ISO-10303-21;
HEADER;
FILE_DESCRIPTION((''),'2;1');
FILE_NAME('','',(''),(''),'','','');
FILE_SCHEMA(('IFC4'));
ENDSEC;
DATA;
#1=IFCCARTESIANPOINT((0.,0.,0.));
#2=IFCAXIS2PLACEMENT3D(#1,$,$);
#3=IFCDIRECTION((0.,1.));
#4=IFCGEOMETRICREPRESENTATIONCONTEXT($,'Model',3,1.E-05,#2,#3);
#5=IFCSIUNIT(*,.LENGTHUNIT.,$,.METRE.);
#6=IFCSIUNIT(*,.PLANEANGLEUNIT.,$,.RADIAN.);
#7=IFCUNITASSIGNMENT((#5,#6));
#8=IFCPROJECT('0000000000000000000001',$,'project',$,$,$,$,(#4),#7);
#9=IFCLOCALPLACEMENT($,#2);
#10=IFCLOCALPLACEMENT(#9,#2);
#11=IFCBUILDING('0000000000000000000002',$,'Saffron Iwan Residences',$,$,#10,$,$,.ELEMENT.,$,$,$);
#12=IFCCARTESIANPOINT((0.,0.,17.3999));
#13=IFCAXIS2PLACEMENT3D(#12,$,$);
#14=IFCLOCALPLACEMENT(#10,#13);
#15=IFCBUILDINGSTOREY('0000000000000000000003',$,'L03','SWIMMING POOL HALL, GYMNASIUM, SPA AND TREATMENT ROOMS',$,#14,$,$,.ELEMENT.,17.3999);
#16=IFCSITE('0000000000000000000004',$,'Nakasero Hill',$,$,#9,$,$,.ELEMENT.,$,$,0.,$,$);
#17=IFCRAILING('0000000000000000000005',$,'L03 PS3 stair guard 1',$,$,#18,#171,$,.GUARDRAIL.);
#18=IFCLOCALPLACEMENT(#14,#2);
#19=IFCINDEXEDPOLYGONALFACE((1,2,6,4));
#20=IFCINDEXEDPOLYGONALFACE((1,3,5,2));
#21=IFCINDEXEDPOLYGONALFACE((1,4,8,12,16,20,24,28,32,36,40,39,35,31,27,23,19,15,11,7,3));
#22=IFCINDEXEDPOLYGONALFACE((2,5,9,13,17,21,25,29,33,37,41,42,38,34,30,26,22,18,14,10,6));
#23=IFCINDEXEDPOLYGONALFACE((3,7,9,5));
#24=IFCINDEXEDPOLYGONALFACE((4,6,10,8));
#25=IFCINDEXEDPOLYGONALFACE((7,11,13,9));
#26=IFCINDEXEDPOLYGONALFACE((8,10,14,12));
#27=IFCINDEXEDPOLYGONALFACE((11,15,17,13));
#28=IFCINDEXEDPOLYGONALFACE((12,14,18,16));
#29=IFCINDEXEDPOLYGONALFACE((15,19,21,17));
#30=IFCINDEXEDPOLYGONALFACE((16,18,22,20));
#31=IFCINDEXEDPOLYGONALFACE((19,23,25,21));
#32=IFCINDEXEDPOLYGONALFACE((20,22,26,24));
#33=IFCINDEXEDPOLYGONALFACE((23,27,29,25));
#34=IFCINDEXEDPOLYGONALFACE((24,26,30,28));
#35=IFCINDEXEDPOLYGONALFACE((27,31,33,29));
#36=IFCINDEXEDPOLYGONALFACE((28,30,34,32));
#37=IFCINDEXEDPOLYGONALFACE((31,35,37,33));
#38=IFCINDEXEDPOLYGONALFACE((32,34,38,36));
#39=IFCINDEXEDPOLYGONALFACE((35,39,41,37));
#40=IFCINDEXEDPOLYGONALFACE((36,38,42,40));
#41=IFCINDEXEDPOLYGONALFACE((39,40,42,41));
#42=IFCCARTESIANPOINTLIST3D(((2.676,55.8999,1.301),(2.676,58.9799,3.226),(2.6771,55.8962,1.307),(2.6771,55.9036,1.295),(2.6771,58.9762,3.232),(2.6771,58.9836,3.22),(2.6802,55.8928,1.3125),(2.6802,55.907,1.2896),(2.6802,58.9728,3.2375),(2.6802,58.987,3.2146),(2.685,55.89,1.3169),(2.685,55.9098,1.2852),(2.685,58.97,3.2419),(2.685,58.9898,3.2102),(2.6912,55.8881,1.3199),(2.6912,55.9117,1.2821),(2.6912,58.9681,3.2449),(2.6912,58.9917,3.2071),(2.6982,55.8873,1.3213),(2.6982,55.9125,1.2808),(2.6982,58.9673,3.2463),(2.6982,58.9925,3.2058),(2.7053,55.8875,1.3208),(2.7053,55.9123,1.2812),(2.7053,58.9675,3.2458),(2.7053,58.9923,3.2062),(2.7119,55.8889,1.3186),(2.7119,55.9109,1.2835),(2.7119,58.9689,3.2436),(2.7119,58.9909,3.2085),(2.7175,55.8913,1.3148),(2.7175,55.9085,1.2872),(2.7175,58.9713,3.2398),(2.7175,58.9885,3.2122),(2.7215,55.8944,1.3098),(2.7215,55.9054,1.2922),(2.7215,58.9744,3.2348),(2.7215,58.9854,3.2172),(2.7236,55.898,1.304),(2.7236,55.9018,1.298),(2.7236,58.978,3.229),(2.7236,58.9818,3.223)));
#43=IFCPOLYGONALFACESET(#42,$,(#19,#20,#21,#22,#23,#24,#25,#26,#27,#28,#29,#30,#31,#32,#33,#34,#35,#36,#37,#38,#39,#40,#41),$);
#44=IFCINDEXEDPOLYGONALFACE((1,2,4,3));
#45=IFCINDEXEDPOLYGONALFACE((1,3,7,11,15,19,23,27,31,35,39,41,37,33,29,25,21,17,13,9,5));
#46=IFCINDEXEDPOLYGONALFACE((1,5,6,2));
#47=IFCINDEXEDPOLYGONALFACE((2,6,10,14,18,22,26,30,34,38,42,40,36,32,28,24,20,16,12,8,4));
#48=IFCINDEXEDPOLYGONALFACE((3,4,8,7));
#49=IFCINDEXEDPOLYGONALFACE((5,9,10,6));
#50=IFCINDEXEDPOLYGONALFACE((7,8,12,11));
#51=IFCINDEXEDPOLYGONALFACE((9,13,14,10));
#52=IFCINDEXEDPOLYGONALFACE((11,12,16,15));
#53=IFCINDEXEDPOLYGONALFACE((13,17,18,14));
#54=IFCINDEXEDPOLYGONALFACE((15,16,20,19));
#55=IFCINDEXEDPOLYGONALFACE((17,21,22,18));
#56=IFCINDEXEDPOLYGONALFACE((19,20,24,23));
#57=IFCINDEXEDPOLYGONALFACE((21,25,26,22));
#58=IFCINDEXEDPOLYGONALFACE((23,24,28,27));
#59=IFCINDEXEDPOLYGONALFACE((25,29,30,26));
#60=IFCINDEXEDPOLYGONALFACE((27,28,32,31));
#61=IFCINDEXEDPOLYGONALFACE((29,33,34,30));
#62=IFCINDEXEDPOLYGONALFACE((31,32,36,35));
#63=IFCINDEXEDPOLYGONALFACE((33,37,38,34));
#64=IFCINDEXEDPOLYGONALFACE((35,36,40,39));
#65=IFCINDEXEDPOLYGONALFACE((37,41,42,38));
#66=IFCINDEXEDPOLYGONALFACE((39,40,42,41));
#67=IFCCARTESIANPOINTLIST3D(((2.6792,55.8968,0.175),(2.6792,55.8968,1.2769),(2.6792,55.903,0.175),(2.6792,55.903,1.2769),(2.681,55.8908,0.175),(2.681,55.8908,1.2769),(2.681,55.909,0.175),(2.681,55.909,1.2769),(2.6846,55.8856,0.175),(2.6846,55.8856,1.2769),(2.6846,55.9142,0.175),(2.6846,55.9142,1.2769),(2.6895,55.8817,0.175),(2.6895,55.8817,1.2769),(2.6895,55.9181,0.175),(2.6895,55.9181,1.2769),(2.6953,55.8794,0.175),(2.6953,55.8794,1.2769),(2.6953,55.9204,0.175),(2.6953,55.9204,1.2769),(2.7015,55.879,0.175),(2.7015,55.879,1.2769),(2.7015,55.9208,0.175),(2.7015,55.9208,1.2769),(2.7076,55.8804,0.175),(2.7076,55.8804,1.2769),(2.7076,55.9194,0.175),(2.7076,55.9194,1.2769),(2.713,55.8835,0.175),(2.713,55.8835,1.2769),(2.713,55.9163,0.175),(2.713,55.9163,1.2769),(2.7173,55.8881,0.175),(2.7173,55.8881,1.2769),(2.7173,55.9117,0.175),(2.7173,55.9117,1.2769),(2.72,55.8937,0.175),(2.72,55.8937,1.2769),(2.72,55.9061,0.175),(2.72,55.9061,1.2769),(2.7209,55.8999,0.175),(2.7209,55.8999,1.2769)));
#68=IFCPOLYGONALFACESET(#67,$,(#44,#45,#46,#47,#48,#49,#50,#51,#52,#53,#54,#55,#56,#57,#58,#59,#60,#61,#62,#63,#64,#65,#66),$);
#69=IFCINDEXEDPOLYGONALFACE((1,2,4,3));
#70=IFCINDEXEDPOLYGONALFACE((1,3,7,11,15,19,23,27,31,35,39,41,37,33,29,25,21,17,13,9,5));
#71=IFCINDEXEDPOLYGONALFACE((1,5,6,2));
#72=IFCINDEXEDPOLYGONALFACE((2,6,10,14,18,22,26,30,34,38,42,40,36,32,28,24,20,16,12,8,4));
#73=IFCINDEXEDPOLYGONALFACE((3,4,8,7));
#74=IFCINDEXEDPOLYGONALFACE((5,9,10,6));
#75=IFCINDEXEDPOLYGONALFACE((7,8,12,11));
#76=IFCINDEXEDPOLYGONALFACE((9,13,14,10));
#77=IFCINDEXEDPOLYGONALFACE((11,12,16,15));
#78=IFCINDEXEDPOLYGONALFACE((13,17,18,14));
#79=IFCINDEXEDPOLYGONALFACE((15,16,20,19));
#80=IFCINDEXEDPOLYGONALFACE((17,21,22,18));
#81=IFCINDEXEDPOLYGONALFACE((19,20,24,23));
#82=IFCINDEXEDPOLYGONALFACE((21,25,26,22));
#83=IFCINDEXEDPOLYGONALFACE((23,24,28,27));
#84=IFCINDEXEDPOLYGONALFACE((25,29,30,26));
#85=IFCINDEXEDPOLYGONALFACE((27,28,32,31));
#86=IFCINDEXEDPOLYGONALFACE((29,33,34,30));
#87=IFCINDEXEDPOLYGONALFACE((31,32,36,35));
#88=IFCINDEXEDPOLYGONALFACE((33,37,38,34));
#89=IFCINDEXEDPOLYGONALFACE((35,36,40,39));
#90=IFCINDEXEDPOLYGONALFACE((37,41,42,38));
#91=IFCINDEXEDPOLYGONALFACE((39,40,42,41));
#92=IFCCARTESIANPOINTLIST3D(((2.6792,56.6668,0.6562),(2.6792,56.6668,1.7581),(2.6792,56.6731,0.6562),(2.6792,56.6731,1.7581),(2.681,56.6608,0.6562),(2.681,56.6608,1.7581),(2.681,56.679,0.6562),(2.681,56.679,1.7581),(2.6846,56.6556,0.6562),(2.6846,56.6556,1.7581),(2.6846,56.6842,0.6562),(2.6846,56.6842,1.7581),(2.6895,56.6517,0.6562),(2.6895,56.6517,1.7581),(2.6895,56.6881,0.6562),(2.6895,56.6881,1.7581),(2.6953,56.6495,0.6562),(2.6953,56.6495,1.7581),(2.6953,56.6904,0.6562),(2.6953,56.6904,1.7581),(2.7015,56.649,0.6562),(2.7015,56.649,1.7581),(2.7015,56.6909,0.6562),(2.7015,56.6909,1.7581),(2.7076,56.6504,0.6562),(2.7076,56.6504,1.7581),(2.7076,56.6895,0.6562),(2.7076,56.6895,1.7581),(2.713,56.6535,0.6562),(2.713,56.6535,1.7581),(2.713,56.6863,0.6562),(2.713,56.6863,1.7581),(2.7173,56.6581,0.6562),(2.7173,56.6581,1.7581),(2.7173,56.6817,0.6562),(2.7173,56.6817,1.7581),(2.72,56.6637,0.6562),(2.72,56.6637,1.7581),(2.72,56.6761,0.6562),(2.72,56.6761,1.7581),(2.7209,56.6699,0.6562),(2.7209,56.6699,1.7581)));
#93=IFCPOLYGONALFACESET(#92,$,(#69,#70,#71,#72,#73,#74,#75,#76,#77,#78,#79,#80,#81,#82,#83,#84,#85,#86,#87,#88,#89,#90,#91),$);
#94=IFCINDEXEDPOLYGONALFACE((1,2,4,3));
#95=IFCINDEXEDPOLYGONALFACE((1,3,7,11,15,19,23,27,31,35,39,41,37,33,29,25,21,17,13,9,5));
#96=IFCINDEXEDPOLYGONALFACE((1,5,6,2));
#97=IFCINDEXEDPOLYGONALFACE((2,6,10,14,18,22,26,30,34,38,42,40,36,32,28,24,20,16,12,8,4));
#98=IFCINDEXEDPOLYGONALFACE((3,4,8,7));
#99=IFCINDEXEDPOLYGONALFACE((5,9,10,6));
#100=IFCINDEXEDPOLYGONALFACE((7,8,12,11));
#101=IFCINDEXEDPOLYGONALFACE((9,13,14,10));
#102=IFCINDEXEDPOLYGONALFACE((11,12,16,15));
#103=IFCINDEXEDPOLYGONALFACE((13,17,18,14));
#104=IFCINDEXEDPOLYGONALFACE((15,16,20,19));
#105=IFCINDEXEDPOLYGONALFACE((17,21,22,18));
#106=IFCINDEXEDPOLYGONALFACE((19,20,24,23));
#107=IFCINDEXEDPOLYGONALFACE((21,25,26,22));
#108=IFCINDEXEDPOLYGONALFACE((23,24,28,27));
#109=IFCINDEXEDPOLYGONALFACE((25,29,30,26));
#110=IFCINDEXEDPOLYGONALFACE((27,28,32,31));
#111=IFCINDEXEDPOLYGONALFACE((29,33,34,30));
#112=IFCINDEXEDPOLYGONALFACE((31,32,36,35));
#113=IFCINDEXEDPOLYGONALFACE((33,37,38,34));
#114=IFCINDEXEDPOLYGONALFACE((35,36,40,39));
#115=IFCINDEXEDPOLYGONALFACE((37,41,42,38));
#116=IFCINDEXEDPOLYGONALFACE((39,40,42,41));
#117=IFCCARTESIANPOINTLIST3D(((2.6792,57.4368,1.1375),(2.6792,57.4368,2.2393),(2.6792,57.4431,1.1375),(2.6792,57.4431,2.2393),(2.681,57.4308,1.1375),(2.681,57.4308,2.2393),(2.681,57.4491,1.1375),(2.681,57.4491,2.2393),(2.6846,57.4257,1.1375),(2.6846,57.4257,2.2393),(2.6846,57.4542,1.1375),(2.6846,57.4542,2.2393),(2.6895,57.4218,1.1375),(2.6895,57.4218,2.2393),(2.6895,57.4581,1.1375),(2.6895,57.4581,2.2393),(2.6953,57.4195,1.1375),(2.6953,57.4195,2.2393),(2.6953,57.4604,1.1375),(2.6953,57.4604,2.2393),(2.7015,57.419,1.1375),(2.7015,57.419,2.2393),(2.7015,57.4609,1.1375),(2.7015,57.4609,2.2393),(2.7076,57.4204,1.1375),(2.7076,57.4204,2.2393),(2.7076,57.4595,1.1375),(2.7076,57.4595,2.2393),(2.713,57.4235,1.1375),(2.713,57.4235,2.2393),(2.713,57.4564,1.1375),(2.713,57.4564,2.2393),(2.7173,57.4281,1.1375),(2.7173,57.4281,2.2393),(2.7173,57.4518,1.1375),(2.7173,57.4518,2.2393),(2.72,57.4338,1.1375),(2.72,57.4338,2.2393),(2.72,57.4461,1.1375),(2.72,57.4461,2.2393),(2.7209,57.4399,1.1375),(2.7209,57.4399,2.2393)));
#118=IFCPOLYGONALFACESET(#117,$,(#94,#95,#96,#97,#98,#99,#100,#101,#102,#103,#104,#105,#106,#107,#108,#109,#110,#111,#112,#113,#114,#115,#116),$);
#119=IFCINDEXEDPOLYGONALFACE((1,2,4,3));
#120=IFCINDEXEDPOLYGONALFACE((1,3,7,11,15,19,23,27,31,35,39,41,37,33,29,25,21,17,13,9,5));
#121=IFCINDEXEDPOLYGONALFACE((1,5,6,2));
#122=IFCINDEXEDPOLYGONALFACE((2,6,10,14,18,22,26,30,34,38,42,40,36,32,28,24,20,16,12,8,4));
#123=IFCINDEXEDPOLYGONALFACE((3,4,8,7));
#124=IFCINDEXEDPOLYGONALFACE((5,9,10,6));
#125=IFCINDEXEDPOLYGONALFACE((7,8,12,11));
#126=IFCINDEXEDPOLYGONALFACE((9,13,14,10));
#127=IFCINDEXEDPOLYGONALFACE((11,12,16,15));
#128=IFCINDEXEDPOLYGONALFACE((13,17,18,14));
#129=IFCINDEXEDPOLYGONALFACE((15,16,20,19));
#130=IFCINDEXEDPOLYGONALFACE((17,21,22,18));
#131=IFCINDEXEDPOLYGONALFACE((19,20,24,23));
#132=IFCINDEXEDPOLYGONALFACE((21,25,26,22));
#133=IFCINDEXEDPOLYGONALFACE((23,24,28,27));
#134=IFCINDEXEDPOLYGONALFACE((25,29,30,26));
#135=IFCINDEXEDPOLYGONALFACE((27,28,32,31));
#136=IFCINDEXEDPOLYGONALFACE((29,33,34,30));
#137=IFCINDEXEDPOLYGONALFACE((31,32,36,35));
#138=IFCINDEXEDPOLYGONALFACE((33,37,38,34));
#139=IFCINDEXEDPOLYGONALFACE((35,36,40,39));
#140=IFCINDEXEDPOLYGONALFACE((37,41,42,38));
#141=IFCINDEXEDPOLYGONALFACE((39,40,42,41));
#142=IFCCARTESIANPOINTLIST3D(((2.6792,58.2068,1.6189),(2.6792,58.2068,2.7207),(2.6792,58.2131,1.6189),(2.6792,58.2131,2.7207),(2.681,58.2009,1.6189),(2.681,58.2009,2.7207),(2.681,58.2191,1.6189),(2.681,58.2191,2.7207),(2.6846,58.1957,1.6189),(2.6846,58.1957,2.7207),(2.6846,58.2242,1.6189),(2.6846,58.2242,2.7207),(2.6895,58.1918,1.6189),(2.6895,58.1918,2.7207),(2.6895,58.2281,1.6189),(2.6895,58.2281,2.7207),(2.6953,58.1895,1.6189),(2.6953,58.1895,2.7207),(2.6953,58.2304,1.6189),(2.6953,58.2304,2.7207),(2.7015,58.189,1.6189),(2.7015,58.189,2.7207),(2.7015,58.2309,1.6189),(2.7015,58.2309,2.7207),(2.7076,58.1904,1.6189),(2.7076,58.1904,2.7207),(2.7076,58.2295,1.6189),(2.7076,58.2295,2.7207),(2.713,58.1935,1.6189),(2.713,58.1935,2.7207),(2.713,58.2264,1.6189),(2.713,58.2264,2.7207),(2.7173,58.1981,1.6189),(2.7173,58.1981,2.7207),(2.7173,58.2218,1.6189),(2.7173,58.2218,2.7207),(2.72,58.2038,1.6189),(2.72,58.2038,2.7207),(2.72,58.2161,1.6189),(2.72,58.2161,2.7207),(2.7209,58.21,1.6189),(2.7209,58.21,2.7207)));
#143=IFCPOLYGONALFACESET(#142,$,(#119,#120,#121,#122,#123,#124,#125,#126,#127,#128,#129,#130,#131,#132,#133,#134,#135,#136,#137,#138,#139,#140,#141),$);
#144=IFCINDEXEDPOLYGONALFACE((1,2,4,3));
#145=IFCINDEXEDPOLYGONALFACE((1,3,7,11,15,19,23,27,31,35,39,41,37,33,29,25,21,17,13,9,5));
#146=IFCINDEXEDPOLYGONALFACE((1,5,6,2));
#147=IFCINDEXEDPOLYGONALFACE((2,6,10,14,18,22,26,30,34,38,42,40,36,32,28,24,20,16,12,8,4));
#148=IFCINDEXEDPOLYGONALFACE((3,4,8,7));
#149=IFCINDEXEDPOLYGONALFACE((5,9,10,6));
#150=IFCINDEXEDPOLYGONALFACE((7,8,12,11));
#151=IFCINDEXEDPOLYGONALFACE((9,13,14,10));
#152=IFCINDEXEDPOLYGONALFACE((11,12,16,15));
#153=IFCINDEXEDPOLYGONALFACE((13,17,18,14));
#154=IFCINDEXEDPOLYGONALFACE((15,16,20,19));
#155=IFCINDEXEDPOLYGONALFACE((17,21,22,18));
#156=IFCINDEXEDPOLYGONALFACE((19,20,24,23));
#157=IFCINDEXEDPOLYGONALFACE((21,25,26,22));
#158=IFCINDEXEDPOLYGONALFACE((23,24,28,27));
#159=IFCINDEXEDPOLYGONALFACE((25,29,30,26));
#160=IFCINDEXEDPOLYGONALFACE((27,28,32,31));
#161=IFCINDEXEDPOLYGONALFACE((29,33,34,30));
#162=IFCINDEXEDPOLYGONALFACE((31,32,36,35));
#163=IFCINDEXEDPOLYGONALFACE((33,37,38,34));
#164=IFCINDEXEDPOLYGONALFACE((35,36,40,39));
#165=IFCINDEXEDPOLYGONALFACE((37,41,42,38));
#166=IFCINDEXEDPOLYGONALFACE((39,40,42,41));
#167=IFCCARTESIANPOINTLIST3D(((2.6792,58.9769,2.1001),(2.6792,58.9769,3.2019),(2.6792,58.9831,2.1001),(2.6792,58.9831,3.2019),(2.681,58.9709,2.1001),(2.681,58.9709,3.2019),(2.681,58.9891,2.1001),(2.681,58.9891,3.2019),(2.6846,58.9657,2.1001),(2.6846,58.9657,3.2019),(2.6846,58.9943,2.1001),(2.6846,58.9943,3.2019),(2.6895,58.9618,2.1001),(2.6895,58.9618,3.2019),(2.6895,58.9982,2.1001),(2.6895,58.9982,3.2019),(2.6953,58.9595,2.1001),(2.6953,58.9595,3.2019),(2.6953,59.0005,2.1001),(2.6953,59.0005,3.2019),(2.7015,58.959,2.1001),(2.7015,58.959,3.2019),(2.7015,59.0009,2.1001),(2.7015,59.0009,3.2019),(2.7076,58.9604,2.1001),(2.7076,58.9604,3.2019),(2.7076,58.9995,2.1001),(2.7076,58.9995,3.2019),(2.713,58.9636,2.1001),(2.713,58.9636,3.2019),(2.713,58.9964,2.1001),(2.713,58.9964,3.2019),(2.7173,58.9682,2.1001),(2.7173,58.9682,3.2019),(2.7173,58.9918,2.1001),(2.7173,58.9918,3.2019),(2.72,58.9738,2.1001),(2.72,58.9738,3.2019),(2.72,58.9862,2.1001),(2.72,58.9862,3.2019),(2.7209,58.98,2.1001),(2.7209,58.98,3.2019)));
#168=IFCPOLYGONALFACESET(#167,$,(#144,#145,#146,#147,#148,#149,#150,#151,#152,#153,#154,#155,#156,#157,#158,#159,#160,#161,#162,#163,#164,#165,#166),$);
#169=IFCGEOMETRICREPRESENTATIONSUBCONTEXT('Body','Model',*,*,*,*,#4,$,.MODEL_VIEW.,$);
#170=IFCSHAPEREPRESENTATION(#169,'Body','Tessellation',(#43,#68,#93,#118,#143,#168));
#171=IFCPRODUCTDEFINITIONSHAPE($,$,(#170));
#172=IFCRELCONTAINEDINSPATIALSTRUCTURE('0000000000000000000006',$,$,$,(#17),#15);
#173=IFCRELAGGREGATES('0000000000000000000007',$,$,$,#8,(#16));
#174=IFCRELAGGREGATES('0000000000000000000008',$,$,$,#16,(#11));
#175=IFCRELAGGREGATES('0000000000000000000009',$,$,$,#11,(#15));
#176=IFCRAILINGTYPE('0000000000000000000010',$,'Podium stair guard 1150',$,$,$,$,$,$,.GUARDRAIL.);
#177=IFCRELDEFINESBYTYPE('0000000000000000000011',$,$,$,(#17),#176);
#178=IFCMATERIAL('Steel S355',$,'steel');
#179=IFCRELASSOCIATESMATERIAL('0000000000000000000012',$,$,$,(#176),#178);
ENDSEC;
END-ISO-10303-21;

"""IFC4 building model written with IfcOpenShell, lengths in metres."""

from ifc_helpers import new_model, si_unit, direction, frame, origin, origin_2d, place, context, subcontext, project, spatial, circle, extrude, material, type_object, element, save


model = new_model("IFC4")

# Units and contexts
model_context = context("Model", 3, precision=1e-05, world=origin(), true_north=direction((0.0, 1.0)))
body_context = subcontext(model_context, "Body", "Model", "MODEL_VIEW")
ifc_project = project(units=[si_unit("LENGTHUNIT", "METRE"), si_unit("PLANEANGLEUNIT", "RADIAN")], contexts=[model_context])

# Site, building, storey
site_placement = place(None, origin())
site = spatial("IfcSite", under=ifc_project, at=site_placement, Name="Nakasero Hill", CompositionType="ELEMENT", RefElevation=0.0)
building_placement = place(site_placement, origin())
building = spatial("IfcBuilding", under=site, at=building_placement, Name="Saffron Iwan Residences", CompositionType="ELEMENT")
storey_placement = place(building_placement, frame((0.0, 0.0, 17.3999)))
storey = spatial("IfcBuildingStorey", under=building, at=storey_placement, Name="L03", Description="SWIMMING POOL HALL, GYMNASIUM, SPA AND TREATMENT ROOMS", CompositionType="ELEMENT", Elevation=17.3999)

# Railing
ifc_material_1 = material(Name="Steel S355", Category="steel")
railing_type_1 = type_object("IfcRailingType", Name="Podium stair guard 1150", PredefinedType="GUARDRAIL", material=ifc_material_1)
railing_1_placement = place(storey_placement, frame((2.7, 55.8999, 0.175)))
element("IfcRailing", 1, at=railing_1_placement, inside=storey, type_object=railing_type_1, Name="L03 PS3 stair guard 1", PredefinedType="GUARDRAIL", context=body_context, shape_type="SweptSolid", body=[
    extrude(circle(Radius=0.0239, at=origin_2d()), frame((0.0, 0.0, 1.126), z_axis=(0.0, 0.847998, 0.529999), x_axis=(-1.0, 0.0, 0.0)), (0.0, 0.0, 1.0), 3.6321),
    extrude(circle(Radius=0.021, at=origin_2d()), origin(), (0.0, 0.0, 1.0), 1.1018),
    extrude(circle(Radius=0.021, at=origin_2d()), frame((0.0, 0.77, 0.4812)), (0.0, 0.0, 1.0), 1.1018),
    extrude(circle(Radius=0.021, at=origin_2d()), frame((0.0, 1.54, 0.9624)), (0.0, 0.0, 1.0), 1.1018),
    extrude(circle(Radius=0.021, at=origin_2d()), frame((0.0, 2.3101, 1.4438)), (0.0, 0.0, 1.0), 1.1018),
    extrude(circle(Radius=0.021, at=origin_2d()), frame((0.0, 3.0801, 1.925)), (0.0, 0.0, 1.0), 1.1018),
])

save(model, "model.ifc")
